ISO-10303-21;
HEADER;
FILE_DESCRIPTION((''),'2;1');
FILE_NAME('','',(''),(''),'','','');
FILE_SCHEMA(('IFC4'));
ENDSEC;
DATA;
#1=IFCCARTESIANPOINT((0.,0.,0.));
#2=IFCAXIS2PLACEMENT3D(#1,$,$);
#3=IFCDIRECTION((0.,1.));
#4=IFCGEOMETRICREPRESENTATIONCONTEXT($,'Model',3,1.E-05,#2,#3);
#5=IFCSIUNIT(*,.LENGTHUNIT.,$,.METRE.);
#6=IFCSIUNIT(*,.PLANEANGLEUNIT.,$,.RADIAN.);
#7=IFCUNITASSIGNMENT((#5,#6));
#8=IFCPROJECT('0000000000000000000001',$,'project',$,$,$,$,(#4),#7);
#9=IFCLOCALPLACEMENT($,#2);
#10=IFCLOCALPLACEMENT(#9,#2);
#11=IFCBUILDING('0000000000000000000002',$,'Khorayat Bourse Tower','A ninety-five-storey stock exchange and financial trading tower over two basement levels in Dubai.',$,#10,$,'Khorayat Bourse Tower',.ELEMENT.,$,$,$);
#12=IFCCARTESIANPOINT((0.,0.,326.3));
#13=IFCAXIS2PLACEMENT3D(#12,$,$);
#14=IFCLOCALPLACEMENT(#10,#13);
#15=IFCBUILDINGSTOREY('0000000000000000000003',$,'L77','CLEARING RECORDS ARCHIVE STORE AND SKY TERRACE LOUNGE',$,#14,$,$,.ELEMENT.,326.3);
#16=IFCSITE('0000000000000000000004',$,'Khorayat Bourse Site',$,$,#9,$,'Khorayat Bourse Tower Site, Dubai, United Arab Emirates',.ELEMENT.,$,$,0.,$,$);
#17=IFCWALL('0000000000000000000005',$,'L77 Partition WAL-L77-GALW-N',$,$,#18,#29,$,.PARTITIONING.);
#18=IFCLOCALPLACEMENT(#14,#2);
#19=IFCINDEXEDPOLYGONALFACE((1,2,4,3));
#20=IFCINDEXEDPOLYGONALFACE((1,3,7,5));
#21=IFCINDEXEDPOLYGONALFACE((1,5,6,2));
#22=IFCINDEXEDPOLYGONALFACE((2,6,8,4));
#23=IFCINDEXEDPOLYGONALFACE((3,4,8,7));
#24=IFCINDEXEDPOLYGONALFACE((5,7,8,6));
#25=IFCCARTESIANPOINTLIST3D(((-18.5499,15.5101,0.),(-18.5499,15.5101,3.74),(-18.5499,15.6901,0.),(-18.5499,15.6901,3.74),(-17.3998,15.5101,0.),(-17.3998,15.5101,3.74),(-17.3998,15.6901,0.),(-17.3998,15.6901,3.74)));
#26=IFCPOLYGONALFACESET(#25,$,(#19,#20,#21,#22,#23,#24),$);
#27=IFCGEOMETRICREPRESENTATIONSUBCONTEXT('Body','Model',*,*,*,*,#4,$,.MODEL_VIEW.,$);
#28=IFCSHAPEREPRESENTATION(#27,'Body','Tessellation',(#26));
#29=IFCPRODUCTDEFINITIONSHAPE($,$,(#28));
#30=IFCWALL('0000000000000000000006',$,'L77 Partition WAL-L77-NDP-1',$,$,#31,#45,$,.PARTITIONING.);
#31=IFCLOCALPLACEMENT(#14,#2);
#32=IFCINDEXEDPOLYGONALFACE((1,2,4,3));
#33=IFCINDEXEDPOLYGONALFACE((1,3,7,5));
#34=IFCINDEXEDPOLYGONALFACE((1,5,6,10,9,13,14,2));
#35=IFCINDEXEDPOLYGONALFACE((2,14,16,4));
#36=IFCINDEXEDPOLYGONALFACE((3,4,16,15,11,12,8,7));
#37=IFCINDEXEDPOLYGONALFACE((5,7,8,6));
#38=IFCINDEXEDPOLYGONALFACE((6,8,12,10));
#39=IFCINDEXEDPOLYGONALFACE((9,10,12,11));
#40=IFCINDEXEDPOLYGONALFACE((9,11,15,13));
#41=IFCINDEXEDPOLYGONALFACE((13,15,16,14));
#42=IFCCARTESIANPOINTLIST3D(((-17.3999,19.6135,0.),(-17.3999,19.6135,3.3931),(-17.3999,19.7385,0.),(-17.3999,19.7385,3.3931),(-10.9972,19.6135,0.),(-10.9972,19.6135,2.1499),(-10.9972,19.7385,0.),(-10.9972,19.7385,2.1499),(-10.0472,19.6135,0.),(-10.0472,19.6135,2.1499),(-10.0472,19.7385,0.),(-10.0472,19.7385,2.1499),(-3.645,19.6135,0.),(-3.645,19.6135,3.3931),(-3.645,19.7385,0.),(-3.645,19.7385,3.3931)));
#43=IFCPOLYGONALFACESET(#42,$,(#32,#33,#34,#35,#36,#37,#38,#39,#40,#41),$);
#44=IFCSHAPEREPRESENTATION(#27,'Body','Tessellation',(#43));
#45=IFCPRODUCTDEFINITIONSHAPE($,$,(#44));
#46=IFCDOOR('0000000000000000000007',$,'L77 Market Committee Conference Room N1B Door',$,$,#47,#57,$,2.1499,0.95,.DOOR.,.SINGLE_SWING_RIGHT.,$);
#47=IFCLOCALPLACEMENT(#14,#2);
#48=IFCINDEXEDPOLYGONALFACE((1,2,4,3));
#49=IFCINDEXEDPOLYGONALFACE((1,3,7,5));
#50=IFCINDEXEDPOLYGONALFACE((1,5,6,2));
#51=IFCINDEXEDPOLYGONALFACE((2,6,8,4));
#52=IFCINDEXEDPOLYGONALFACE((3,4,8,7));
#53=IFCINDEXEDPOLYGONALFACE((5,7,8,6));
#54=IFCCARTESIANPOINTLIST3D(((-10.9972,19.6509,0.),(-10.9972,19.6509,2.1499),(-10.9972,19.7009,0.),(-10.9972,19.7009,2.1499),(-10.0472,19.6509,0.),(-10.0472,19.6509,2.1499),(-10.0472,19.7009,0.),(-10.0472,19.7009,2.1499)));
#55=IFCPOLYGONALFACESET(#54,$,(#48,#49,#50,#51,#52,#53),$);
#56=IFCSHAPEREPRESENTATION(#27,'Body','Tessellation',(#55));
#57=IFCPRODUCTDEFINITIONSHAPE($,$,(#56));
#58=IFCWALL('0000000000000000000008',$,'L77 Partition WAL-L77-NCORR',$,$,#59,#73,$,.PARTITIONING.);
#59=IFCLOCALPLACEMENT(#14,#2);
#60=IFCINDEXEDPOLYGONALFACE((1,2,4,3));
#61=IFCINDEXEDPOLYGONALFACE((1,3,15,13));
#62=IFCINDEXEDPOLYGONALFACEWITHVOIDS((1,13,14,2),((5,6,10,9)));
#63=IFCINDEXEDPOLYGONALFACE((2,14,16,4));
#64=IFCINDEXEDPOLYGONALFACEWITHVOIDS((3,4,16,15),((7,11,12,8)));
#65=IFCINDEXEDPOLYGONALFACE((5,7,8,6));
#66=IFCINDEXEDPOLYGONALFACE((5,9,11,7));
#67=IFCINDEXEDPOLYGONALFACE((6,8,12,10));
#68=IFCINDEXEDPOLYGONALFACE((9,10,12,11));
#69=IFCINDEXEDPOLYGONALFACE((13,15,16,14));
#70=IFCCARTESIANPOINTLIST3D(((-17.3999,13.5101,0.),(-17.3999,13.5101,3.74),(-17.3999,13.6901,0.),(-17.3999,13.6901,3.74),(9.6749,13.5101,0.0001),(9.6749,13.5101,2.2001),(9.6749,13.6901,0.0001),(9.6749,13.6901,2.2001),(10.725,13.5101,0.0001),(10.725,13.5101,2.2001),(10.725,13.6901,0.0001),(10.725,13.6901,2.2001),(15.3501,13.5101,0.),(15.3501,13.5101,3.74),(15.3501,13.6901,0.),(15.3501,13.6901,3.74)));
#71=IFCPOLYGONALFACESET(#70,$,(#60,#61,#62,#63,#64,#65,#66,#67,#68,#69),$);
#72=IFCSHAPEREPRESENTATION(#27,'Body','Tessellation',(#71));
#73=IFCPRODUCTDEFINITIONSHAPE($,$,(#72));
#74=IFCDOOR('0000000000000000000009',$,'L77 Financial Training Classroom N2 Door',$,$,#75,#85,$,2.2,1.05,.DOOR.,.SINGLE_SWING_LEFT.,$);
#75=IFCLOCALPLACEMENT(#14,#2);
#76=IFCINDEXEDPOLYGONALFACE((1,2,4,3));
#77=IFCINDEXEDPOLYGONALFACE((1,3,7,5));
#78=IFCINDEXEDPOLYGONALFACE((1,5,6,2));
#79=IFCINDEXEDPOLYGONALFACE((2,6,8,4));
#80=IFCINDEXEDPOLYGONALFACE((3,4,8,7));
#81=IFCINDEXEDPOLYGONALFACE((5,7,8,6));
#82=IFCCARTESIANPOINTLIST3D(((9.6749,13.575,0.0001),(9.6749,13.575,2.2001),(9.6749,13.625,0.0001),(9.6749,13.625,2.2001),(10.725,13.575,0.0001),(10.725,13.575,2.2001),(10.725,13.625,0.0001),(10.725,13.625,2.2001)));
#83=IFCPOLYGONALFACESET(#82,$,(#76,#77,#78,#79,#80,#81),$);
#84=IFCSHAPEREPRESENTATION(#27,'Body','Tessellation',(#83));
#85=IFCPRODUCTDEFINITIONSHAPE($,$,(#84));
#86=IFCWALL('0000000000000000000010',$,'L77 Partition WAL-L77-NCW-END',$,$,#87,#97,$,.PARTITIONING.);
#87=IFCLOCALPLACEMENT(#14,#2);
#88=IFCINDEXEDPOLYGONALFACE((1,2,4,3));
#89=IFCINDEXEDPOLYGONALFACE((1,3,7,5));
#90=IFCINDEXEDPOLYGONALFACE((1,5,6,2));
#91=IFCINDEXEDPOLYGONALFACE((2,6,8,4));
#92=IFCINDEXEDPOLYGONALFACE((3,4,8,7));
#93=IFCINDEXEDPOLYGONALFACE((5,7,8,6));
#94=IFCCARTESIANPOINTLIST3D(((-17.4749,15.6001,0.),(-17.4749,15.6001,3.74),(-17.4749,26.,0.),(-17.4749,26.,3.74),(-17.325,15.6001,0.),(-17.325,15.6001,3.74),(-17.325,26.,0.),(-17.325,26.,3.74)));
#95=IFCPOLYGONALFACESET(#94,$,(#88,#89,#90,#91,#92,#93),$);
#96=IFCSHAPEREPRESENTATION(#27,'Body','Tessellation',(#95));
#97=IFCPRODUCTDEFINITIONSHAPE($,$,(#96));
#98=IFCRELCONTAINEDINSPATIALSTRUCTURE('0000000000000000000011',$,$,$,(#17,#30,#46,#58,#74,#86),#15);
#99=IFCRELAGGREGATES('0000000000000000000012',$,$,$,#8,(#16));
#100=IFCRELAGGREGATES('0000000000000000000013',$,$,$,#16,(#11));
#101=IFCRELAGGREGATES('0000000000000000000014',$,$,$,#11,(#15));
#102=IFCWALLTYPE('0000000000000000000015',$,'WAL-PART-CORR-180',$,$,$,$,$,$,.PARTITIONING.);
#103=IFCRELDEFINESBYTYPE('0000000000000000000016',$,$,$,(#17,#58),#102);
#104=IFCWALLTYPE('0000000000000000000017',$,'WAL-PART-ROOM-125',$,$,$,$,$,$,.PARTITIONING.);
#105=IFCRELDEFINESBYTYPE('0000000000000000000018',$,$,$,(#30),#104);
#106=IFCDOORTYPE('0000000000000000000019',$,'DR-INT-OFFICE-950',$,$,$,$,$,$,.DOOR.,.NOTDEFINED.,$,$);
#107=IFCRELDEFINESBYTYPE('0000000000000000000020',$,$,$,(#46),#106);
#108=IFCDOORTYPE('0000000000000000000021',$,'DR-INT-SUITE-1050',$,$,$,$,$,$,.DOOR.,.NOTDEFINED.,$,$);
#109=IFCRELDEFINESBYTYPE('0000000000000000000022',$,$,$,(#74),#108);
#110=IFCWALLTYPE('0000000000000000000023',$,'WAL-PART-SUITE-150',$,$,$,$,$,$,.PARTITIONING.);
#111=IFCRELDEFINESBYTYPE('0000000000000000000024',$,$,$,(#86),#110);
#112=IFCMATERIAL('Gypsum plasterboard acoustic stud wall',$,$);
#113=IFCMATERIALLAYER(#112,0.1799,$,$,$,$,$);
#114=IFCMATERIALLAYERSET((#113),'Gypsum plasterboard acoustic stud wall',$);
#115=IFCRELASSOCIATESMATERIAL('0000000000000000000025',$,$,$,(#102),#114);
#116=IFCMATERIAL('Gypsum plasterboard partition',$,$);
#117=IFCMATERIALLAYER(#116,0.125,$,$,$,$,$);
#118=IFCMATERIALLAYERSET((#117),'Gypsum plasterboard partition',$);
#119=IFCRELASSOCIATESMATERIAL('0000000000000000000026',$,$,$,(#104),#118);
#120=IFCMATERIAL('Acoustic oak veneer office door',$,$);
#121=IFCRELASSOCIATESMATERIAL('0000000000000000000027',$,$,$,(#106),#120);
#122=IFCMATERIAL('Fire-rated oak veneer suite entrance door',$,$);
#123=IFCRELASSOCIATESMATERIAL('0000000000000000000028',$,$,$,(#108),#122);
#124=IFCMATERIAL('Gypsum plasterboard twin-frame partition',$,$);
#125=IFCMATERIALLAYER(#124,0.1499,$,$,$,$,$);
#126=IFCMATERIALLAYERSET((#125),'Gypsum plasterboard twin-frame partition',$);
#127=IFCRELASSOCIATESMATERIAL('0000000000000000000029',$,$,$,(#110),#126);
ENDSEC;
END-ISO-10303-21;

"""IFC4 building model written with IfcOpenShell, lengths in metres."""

from ifc_helpers import new_model, si_unit, direction, frame, frame_2d, origin, place, context, subcontext, project, spatial, rectangle, extrude, source, transform, mapped, material, layer, layer_set, type_object, element, fill, save


model = new_model("IFC4")

# Units and contexts
model_context = context("Model", 3, precision=1e-05, world=origin(), true_north=direction((0.0, 1.0)))
body_context = subcontext(model_context, "Body", "Model", "MODEL_VIEW")
ifc_project = project(units=[si_unit("LENGTHUNIT", "METRE"), si_unit("PLANEANGLEUNIT", "RADIAN")], contexts=[model_context])

# Site, building, storey
site_placement = place(None, origin())
site = spatial("IfcSite", under=ifc_project, at=site_placement, Name="Khorayat Bourse Site", LongName="Khorayat Bourse Tower Site, Dubai, United Arab Emirates", CompositionType="ELEMENT", RefElevation=0.0)
building_placement = place(site_placement, origin())
building = spatial("IfcBuilding", under=site, at=building_placement, Name="Khorayat Bourse Tower", Description="A ninety-five-storey stock exchange and financial trading tower over two basement levels in Dubai.", LongName="Khorayat Bourse Tower", CompositionType="ELEMENT")
storey_placement = place(building_placement, frame((0.0, 0.0, 326.3)))
storey = spatial("IfcBuildingStorey", under=building, at=storey_placement, Name="L77", Description="CLEARING RECORDS ARCHIVE STORE AND SKY TERRACE LOUNGE", CompositionType="ELEMENT", Elevation=326.3)

# Wall
ifc_material_1 = material(Name="Gypsum plasterboard acoustic stud wall")
ifc_layer_1 = layer(ifc_material_1, 0.1799)
ifc_layer_set_1 = layer_set([ifc_layer_1], Name="Gypsum plasterboard acoustic stud wall")
wall_type_1 = type_object("IfcWallType", Name="WAL-PART-CORR-180", PredefinedType="PARTITIONING", material=ifc_layer_set_1)
shared_shape_1 = source(origin(), body_context, "Body", "SweptSolid", [
    extrude(rectangle(XDim=1.1501, YDim=0.1799, at=frame_2d((0.5752, 0.0))), origin(), (0.0, 0.0, 1.0), 3.74),
])
wall_1_placement = place(storey_placement, frame((-18.55, 15.6001, 0.0), z_axis=(0.0, 0.0, 1.0), x_axis=(1.0, 0.0, 0.0)))
element("IfcWall", 1, at=wall_1_placement, inside=storey, type_object=wall_type_1, Name="L77 Partition WAL-L77-GALW-N", PredefinedType="PARTITIONING", context=body_context, shape_type="MappedRepresentation", body=[
    mapped(shared_shape_1, transform((0.0, 0.0, 0.0), scale=1.0)),
])

# Walls, openings, doors
ifc_material_2 = material(Name="Gypsum plasterboard partition")
ifc_layer_2 = layer(ifc_material_2, 0.125)
ifc_layer_set_2 = layer_set([ifc_layer_2], Name="Gypsum plasterboard partition")
wall_type_2 = type_object("IfcWallType", Name="WAL-PART-ROOM-125", PredefinedType="PARTITIONING", material=ifc_layer_set_2)
shared_shape_2 = source(origin(), body_context, "Body", "SweptSolid", [
    extrude(rectangle(XDim=13.7549, YDim=0.125, at=frame_2d((6.8774, 0.0))), origin(), (0.0, 0.0, 1.0), 3.3931),
])
wall_2_placement = place(storey_placement, frame((-17.3999, 19.676, 0.0), z_axis=(0.0, 0.0, 1.0), x_axis=(1.0, 0.0, 0.0)))
wall_2 = element("IfcWall", 2, at=wall_2_placement, inside=storey, type_object=wall_type_2, Name="L77 Partition WAL-L77-NDP-1", PredefinedType="PARTITIONING", context=body_context, shape_type="MappedRepresentation", body=[
    mapped(shared_shape_2, transform((0.0, 0.0, 0.0), scale=1.0)),
])
shared_shape_3 = source(origin(), body_context, "Body", "SweptSolid", [
    extrude(rectangle(XDim=0.95, YDim=2.1499, at=frame_2d((0.4751, 1.075))), frame((0.0, 0.0725, 0.0), z_axis=(0.0, -1.0, 0.0), x_axis=(1.0, 0.0, 0.0)), (0.0, 0.0, 1.0), 0.145),
])
opening_1_placement = place(wall_2_placement, frame((6.4026, 0.0, 0.0)))
opening_1 = element("IfcOpeningElement", 3, at=opening_1_placement, cuts=wall_2, PredefinedType="OPENING", context=body_context, shape_type="MappedRepresentation", body=[
    mapped(shared_shape_3, transform((0.0, 0.0, 0.0), scale=1.0)),
])
ifc_material_3 = material(Name="Acoustic oak veneer office door")
door_type_1 = type_object("IfcDoorType", Name="DR-INT-OFFICE-950", OperationType="NOTDEFINED", PredefinedType="DOOR", material=ifc_material_3)
shared_shape_4 = source(origin(), body_context, "Body", "SweptSolid", [
    extrude(rectangle(XDim=0.95, YDim=2.1499, at=frame_2d((0.4751, 1.075))), frame((0.0, 0.0249, 0.0), z_axis=(0.0, -1.0, 0.0), x_axis=(1.0, 0.0, 0.0)), (0.0, 0.0, 1.0), 0.05),
])
door_1_placement = place(opening_1_placement, origin())
door_1 = element("IfcDoor", 4, at=door_1_placement, inside=storey, type_object=door_type_1, Name="L77 Market Committee Conference Room N1B Door", OperationType="SINGLE_SWING_RIGHT", OverallHeight=2.1499, OverallWidth=0.95, PredefinedType="DOOR", context=body_context, shape_type="MappedRepresentation", body=[
    mapped(shared_shape_4, transform((0.0, 0.0, 0.0), scale=1.0)),
])
fill(opening_1, door_1)
shared_shape_5 = source(origin(), body_context, "Body", "SweptSolid", [
    extrude(rectangle(XDim=32.75, YDim=0.1799, at=frame_2d((16.375, 0.0))), origin(), (0.0, 0.0, 1.0), 3.74),
])
wall_3_placement = place(storey_placement, frame((-17.3999, 13.6001, 0.0), z_axis=(0.0, 0.0, 1.0), x_axis=(1.0, 0.0, 0.0)))
wall_3 = element("IfcWall", 5, at=wall_3_placement, inside=storey, type_object=wall_type_1, Name="L77 Partition WAL-L77-NCORR", PredefinedType="PARTITIONING", context=body_context, shape_type="MappedRepresentation", body=[
    mapped(shared_shape_5, transform((0.0, 0.0, 0.0), scale=1.0)),
])
shared_shape_6 = source(origin(), body_context, "Body", "SweptSolid", [
    extrude(rectangle(XDim=1.05, YDim=2.2, at=frame_2d((0.5249, 1.1001))), frame((0.0, 0.0999, 0.0), z_axis=(0.0, -1.0, 0.0), x_axis=(1.0, 0.0, 0.0)), (0.0, 0.0, 1.0), 0.2),
])
opening_2_placement = place(wall_3_placement, frame((27.075, 0.0, 0.0)))
opening_2 = element("IfcOpeningElement", 6, at=opening_2_placement, cuts=wall_3, PredefinedType="OPENING", context=body_context, shape_type="MappedRepresentation", body=[
    mapped(shared_shape_6, transform((0.0, 0.0, 0.0), scale=1.0)),
])
ifc_material_4 = material(Name="Fire-rated oak veneer suite entrance door")
door_type_2 = type_object("IfcDoorType", Name="DR-INT-SUITE-1050", OperationType="NOTDEFINED", PredefinedType="DOOR", material=ifc_material_4)
shared_shape_7 = source(origin(), body_context, "Body", "SweptSolid", [
    extrude(rectangle(XDim=1.05, YDim=2.2, at=frame_2d((0.5249, 1.1001))), frame((0.0, 0.0249, 0.0), z_axis=(0.0, -1.0, 0.0), x_axis=(1.0, 0.0, 0.0)), (0.0, 0.0, 1.0), 0.05),
])
door_2_placement = place(opening_2_placement, origin())
door_2 = element("IfcDoor", 7, at=door_2_placement, inside=storey, type_object=door_type_2, Name="L77 Financial Training Classroom N2 Door", OperationType="SINGLE_SWING_LEFT", OverallHeight=2.2, OverallWidth=1.05, PredefinedType="DOOR", context=body_context, shape_type="MappedRepresentation", body=[
    mapped(shared_shape_7, transform((0.0, 0.0, 0.0), scale=1.0)),
])
fill(opening_2, door_2)

# Wall
ifc_material_5 = material(Name="Gypsum plasterboard twin-frame partition")
ifc_layer_3 = layer(ifc_material_5, 0.1499)
ifc_layer_set_3 = layer_set([ifc_layer_3], Name="Gypsum plasterboard twin-frame partition")
wall_type_3 = type_object("IfcWallType", Name="WAL-PART-SUITE-150", PredefinedType="PARTITIONING", material=ifc_layer_set_3)
shared_shape_8 = source(origin(), body_context, "Body", "SweptSolid", [
    extrude(rectangle(XDim=10.3999, YDim=0.1499, at=frame_2d((5.2, 0.0))), origin(), (0.0, 0.0, 1.0), 3.74),
])
wall_4_placement = place(storey_placement, frame((-17.3999, 15.6001, 0.0), z_axis=(0.0, 0.0, 1.0), x_axis=(0.0, 1.0, 0.0)))
element("IfcWall", 8, at=wall_4_placement, inside=storey, type_object=wall_type_3, Name="L77 Partition WAL-L77-NCW-END", PredefinedType="PARTITIONING", context=body_context, shape_type="MappedRepresentation", body=[
    mapped(shared_shape_8, transform((0.0, 0.0, 0.0), scale=1.0)),
])

save(model, "model.ifc")
